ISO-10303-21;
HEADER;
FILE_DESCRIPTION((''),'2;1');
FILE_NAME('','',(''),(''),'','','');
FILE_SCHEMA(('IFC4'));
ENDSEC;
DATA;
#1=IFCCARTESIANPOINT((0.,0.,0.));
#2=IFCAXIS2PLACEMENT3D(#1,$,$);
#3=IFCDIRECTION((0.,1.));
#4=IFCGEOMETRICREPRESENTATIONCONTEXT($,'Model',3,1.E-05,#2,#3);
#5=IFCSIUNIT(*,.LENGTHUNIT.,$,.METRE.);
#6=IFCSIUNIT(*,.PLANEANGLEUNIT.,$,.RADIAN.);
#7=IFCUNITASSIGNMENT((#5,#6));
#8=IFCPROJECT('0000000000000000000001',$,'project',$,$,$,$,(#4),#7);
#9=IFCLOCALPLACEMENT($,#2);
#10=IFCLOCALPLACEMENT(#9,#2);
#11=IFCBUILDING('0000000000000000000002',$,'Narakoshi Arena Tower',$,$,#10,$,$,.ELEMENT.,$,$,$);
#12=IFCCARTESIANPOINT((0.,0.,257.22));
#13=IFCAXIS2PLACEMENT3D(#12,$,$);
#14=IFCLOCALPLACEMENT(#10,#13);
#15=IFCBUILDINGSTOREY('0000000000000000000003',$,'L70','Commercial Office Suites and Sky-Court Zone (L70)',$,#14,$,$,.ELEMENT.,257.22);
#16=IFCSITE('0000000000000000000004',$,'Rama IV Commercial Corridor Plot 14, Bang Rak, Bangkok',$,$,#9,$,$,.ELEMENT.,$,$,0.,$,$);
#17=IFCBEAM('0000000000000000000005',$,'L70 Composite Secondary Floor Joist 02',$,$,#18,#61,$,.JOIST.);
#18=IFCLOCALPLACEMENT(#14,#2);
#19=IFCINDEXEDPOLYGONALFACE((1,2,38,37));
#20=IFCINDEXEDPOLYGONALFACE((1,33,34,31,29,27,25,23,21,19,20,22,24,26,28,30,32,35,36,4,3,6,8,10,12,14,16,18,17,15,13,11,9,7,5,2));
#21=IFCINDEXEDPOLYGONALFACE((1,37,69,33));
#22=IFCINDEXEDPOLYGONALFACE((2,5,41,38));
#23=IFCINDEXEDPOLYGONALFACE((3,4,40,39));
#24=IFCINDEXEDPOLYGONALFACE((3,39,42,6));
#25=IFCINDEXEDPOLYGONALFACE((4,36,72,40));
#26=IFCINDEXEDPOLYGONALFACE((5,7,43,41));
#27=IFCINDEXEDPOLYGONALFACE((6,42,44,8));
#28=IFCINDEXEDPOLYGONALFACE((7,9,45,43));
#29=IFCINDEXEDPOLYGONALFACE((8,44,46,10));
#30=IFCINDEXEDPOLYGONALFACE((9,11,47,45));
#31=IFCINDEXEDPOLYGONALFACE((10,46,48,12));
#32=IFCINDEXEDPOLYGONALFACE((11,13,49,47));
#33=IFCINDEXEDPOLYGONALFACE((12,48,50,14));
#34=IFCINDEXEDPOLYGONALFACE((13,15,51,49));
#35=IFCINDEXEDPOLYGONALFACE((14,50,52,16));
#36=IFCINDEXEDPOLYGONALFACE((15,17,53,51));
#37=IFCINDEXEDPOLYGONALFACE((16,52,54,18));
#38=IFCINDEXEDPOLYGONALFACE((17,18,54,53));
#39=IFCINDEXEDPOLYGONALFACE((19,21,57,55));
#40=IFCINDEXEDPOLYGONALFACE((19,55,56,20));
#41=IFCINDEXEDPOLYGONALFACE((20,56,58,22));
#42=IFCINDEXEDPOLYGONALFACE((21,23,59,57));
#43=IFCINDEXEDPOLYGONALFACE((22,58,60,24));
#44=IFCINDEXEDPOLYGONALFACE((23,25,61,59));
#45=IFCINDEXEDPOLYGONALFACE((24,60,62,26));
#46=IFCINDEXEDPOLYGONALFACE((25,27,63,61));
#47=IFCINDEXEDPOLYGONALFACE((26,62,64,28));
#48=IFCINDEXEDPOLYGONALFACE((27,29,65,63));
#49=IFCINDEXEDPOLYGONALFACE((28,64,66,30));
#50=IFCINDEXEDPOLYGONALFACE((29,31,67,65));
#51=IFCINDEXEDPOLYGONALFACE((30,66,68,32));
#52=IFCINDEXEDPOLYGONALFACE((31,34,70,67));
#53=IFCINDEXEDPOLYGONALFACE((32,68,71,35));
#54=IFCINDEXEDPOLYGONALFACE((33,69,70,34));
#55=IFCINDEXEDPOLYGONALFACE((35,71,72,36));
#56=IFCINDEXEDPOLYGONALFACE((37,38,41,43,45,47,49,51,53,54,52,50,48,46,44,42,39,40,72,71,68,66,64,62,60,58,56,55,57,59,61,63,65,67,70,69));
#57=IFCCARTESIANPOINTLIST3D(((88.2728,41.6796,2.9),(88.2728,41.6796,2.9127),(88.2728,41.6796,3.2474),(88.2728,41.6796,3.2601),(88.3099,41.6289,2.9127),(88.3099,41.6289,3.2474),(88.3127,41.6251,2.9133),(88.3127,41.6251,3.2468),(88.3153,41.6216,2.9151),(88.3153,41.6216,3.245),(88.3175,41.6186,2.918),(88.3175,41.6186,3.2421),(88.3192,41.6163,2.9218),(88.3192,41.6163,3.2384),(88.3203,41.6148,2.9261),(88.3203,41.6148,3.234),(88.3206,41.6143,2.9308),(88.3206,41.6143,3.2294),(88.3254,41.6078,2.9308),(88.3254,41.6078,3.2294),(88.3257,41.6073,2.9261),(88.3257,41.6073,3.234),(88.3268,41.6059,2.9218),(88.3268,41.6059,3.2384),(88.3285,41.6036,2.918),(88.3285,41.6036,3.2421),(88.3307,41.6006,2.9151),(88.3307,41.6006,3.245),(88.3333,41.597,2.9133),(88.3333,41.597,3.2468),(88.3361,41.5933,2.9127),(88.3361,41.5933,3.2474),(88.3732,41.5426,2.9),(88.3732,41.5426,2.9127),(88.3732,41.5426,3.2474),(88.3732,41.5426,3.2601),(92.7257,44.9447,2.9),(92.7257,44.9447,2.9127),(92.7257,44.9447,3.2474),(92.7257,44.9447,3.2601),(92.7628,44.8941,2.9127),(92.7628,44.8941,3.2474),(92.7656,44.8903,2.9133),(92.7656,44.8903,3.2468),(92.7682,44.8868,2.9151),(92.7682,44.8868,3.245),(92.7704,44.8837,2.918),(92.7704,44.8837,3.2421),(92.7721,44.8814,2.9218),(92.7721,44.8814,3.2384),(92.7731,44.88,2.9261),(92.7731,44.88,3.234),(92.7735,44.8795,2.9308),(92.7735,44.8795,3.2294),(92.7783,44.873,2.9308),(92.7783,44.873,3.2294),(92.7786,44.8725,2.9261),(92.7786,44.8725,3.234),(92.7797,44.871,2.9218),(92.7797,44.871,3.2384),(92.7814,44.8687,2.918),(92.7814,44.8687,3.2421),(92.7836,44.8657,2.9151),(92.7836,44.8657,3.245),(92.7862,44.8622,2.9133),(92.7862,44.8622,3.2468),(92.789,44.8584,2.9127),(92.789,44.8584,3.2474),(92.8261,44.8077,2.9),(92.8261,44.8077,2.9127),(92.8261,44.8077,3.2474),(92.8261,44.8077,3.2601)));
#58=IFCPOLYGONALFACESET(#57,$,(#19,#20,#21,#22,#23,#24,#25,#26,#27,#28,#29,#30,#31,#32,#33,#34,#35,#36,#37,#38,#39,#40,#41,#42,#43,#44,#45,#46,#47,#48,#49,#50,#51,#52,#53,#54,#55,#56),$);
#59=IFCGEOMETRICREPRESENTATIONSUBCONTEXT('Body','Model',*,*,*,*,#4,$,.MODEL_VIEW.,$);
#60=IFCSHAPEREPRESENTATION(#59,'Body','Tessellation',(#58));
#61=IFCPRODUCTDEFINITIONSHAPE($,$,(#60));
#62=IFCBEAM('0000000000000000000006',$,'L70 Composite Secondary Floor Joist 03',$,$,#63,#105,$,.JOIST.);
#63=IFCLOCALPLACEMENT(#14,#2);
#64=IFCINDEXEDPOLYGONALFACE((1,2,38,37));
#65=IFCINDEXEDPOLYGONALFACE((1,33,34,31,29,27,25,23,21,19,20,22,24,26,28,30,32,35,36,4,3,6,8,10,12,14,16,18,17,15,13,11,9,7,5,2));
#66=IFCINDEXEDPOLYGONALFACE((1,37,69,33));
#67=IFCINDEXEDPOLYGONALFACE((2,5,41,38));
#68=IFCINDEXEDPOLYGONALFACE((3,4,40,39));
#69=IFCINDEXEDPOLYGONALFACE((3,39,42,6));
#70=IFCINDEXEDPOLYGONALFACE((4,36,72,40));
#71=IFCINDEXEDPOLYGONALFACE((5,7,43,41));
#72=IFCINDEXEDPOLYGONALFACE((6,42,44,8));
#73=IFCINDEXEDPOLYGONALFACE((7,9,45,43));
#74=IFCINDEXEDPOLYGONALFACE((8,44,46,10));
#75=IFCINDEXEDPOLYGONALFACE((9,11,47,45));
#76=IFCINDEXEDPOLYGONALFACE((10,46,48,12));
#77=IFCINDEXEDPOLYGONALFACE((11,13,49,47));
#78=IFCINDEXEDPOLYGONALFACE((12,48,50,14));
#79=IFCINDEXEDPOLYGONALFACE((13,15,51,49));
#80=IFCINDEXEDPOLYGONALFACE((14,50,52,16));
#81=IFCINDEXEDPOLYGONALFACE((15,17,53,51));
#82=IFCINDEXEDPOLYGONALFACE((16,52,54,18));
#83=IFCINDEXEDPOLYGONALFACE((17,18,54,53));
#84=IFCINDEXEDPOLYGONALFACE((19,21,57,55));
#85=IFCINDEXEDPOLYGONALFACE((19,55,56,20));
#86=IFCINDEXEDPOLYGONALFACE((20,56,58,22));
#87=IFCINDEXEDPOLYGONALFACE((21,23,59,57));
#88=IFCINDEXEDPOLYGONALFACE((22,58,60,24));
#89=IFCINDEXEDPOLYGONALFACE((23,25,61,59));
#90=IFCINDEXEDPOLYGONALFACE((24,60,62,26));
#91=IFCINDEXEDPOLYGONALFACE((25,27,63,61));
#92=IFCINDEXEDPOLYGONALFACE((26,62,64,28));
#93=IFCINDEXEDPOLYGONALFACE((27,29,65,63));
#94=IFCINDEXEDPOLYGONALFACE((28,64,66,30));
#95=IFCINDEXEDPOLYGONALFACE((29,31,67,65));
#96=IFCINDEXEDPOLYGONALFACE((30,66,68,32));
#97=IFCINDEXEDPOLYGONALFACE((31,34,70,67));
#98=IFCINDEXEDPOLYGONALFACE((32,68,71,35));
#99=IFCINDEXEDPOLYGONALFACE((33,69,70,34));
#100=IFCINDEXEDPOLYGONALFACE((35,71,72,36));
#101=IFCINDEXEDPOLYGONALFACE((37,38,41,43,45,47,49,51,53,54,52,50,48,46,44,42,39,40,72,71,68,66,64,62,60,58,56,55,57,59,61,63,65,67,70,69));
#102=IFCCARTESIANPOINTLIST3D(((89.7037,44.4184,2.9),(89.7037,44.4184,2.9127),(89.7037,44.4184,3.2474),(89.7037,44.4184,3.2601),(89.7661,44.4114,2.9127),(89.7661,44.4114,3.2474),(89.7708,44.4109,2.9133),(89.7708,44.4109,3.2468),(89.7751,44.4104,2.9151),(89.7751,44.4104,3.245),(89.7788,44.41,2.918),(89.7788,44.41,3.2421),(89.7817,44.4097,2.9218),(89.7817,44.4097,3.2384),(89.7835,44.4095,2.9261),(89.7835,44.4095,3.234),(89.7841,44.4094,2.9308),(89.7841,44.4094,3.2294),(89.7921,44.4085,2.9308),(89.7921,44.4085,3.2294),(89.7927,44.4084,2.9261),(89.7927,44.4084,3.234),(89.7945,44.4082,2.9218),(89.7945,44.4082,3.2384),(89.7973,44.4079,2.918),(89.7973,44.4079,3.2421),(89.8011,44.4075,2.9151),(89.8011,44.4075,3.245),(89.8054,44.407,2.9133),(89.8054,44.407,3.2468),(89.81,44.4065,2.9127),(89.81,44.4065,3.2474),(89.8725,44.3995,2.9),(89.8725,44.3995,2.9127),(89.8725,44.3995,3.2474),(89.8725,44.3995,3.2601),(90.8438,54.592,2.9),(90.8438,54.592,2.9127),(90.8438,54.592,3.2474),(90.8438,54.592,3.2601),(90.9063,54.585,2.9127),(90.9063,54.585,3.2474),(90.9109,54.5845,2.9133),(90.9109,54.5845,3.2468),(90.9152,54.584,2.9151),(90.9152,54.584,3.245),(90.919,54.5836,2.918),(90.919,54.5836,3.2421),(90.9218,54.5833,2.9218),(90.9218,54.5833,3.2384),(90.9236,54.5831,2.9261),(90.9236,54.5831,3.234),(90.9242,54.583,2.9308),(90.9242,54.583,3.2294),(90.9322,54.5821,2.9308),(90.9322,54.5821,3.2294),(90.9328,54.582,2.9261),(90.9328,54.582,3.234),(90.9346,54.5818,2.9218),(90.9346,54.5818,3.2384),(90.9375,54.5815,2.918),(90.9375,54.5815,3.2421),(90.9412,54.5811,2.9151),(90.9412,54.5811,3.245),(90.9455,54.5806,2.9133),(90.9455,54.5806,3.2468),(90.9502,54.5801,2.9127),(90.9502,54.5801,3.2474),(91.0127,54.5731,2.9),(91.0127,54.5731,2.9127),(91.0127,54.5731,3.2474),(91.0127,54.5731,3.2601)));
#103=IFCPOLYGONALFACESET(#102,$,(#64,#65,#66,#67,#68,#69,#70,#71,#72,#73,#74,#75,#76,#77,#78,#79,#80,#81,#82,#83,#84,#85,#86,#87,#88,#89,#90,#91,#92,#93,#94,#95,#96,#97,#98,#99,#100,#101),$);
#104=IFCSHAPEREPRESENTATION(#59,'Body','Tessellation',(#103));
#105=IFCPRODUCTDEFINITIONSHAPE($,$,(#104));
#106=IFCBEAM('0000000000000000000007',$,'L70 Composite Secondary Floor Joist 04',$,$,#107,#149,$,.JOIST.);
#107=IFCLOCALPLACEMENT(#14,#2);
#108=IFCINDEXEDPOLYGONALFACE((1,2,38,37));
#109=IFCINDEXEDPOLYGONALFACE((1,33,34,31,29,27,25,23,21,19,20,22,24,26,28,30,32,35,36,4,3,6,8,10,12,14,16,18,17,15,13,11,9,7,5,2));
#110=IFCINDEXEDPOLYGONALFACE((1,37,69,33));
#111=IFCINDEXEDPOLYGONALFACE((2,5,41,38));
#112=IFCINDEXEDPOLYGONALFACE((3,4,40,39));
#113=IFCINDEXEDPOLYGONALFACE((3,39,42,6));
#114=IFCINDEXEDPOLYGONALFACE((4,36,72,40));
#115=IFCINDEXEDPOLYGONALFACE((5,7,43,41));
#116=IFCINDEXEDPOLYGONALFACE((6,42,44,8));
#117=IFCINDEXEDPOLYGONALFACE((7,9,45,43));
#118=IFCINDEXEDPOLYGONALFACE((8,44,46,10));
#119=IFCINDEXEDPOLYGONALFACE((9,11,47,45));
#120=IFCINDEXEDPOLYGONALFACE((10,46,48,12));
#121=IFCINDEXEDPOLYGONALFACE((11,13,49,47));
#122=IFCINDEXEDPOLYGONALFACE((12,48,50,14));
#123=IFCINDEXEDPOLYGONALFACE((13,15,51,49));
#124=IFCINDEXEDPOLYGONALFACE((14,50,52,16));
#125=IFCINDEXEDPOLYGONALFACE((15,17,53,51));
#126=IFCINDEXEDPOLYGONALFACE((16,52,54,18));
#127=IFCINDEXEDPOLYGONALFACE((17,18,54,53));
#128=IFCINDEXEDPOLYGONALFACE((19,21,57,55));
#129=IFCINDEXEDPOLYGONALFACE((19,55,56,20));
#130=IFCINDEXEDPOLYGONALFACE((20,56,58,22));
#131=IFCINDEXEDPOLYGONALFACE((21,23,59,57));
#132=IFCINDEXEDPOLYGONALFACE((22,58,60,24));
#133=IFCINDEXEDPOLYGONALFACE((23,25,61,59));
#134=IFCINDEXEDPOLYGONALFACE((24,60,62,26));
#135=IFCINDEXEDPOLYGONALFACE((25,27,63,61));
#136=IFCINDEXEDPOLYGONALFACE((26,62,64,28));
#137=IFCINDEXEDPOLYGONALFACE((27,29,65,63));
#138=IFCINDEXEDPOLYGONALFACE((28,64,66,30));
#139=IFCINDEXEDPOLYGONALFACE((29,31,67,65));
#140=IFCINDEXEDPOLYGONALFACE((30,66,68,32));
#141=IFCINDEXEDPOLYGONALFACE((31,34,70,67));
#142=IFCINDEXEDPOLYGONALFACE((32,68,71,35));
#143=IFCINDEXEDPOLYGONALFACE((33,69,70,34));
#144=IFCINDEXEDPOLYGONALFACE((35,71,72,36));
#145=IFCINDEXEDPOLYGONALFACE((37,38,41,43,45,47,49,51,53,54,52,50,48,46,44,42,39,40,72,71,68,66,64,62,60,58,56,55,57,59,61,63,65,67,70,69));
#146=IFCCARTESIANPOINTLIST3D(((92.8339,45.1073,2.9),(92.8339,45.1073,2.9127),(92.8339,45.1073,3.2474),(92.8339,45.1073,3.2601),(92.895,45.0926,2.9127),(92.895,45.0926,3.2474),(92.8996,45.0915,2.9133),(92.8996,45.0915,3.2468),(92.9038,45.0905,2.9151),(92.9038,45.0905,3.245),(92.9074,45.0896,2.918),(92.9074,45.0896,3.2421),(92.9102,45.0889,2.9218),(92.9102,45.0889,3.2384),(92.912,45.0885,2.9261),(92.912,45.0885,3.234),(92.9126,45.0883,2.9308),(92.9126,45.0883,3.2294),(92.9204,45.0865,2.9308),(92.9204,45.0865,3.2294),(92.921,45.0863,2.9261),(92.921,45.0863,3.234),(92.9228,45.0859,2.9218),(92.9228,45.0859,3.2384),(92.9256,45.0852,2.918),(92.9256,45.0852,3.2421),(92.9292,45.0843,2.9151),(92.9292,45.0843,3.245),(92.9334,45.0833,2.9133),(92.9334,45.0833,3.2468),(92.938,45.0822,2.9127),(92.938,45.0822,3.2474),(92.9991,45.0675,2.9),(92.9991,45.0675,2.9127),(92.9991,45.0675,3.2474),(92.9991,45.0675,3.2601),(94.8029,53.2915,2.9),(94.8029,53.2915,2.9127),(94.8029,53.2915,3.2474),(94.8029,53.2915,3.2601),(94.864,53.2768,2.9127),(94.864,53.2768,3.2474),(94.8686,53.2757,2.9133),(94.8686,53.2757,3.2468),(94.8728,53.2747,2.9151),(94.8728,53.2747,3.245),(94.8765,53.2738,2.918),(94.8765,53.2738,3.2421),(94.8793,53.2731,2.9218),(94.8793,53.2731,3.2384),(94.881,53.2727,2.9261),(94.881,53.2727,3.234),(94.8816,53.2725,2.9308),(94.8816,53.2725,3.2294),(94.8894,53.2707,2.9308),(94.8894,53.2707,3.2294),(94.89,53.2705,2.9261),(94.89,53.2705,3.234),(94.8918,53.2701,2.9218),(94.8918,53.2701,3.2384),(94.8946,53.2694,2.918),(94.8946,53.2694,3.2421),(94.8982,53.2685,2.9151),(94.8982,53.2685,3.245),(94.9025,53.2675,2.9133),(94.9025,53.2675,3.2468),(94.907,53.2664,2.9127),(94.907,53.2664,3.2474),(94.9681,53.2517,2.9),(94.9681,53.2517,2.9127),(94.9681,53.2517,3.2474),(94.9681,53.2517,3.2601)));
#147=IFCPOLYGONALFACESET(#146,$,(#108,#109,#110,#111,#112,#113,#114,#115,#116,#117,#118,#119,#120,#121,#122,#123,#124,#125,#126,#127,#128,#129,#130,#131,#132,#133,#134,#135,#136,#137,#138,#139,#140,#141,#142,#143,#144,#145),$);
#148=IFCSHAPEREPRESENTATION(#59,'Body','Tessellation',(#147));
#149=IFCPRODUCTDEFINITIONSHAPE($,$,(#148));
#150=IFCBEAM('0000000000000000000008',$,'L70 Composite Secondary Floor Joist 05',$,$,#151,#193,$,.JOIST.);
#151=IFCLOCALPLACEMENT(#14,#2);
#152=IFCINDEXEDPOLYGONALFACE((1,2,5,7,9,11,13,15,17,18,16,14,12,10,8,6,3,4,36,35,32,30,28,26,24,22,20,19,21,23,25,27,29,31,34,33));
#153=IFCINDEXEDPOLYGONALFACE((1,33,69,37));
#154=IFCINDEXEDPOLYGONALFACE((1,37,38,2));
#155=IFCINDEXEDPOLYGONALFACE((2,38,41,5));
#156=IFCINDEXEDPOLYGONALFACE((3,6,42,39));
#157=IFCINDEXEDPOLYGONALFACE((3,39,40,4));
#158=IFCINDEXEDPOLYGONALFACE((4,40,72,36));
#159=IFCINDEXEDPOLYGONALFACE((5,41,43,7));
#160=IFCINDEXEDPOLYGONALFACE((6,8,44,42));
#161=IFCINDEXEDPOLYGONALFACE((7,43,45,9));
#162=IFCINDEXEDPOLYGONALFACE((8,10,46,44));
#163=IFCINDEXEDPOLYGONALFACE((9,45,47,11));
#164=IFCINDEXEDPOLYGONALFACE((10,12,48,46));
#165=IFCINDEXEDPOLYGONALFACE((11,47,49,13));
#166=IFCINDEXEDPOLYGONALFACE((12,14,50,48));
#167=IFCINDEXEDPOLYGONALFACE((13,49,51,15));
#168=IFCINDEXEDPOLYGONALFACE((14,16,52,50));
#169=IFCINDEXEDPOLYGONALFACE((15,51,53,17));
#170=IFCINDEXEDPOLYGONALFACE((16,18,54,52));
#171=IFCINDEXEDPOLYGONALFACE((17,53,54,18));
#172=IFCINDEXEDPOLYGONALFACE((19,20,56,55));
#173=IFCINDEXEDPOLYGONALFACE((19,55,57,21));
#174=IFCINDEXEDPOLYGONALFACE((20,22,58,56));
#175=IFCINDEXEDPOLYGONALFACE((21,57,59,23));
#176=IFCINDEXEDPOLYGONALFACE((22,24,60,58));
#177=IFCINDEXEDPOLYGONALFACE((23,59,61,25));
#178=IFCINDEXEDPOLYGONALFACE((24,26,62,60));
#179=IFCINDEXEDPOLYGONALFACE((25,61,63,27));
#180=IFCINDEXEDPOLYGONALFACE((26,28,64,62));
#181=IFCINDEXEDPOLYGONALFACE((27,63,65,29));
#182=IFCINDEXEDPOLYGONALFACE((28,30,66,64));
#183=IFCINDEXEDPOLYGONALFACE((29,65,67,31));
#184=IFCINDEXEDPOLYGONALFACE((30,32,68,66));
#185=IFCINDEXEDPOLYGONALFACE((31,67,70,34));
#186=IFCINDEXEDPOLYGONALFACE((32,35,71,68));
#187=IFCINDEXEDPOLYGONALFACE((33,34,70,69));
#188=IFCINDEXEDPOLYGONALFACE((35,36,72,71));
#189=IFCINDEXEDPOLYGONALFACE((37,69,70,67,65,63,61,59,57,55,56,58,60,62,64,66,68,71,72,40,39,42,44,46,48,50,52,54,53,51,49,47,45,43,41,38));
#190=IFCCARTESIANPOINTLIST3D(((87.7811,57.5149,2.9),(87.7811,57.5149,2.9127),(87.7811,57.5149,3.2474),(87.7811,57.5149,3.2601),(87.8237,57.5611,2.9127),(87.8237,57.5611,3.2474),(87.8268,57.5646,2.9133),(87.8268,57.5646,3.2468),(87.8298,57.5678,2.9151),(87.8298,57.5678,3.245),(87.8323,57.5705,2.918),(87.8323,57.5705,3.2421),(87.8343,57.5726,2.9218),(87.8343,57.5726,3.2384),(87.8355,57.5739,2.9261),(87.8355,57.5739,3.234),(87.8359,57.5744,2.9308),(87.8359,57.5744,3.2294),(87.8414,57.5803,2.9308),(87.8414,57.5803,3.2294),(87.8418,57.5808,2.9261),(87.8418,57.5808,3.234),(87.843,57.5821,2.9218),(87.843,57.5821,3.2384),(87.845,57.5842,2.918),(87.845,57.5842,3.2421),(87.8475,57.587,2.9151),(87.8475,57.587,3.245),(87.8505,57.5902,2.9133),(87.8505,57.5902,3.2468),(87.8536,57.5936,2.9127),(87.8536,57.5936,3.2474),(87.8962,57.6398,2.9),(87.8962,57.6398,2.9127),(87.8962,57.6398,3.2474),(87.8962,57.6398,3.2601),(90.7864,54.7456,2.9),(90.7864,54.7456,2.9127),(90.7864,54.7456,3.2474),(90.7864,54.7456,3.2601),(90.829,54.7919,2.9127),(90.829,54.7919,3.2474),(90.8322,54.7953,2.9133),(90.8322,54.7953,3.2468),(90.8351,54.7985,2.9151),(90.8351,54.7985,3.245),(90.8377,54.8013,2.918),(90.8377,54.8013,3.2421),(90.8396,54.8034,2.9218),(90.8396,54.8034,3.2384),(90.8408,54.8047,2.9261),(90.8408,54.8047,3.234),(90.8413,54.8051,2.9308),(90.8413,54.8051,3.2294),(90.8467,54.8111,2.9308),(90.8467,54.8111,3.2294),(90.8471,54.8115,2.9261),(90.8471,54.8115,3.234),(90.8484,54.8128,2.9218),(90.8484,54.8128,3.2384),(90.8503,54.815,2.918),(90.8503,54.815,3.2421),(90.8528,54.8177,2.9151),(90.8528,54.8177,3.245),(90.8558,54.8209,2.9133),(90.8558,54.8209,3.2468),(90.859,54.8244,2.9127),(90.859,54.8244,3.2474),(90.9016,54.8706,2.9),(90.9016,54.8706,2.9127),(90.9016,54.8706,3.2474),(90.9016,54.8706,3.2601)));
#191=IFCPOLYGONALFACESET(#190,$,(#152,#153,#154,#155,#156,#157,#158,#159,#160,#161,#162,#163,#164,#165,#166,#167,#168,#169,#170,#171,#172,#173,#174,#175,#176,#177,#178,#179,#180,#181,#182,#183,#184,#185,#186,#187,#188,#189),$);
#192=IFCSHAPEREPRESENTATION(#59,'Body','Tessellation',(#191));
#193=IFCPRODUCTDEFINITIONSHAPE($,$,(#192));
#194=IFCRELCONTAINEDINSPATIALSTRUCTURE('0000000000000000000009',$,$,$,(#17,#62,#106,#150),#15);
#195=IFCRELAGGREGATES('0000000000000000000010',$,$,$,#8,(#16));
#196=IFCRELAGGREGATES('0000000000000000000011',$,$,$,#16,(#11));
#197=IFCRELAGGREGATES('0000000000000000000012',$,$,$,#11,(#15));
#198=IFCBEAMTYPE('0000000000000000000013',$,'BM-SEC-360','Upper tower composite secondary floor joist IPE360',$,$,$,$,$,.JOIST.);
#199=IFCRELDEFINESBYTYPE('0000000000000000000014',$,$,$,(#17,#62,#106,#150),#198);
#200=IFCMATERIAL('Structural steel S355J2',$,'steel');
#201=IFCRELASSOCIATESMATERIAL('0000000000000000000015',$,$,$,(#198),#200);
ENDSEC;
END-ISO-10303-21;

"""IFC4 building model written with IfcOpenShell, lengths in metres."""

from ifc_helpers import new_model, si_unit, direction, frame, origin, origin_2d, place, context, subcontext, project, spatial, i_section, extrude, material, material_profile, profile_set, type_object, element, save


model = new_model("IFC4")

# Units and contexts
model_context = context("Model", 3, precision=1e-05, world=origin(), true_north=direction((0.0, 1.0)))
body_context = subcontext(model_context, "Body", "Model", "MODEL_VIEW")
ifc_project = project(units=[si_unit("LENGTHUNIT", "METRE"), si_unit("PLANEANGLEUNIT", "RADIAN")], contexts=[model_context])

# Site, building, storey
site_placement = place(None, origin())
site = spatial("IfcSite", under=ifc_project, at=site_placement, Name="Rama IV Commercial Corridor Plot 14, Bang Rak, Bangkok", CompositionType="ELEMENT", RefElevation=0.0)
building_placement = place(site_placement, origin())
building = spatial("IfcBuilding", under=site, at=building_placement, Name="Narakoshi Arena Tower", CompositionType="ELEMENT")
storey_placement = place(building_placement, frame((0.0, 0.0, 257.22)))
storey = spatial("IfcBuildingStorey", under=building, at=storey_placement, Name="L70", Description="Commercial Office Suites and Sky-Court Zone (L70)", CompositionType="ELEMENT", Elevation=257.22)

# Beams
ifc_material_1 = material(Name="Structural steel S355J2", Category="steel")
ifc_material_profile_1 = material_profile(ifc_material_1, i_section(OverallWidth=0.1699, OverallDepth=0.3601, WebThickness=0.0081, FlangeThickness=0.0127, FilletRadius=0.0181, at=origin_2d()), Name="IPE360")
ifc_profile_set_1 = profile_set([ifc_material_profile_1], Name="Structural steel S355J2")
beam_type_1 = type_object("IfcBeamType", Name="BM-SEC-360", Description="Upper tower composite secondary floor joist IPE360", PredefinedType="JOIST", material=ifc_profile_set_1)
beam_1_placement = place(storey_placement, frame((88.323, 41.6111, 3.0801), z_axis=(0.806432, 0.591327, 0.0), x_axis=(-0.591327, 0.806432, 0.0)))
element("IfcBeam", 1, at=beam_1_placement, inside=storey, type_object=beam_type_1, Name="L70 Composite Secondary Floor Joist 02", PredefinedType="JOIST", context=body_context, shape_type="SweptSolid", body=[
    extrude(i_section(OverallWidth=0.1699, OverallDepth=0.3601, WebThickness=0.0081, FlangeThickness=0.0127, FilletRadius=0.0181, at=origin_2d()), origin(), (0.0, 0.0, 1.0), 5.5217),
])
beam_2_placement = place(storey_placement, frame((89.7881, 44.4089, 3.0801), z_axis=(0.111371, 0.993779, 0.0), x_axis=(-0.993779, 0.111371, 0.0)))
element("IfcBeam", 2, at=beam_2_placement, inside=storey, type_object=beam_type_1, Name="L70 Composite Secondary Floor Joist 03", PredefinedType="JOIST", context=body_context, shape_type="SweptSolid", body=[
    extrude(i_section(OverallWidth=0.1699, OverallDepth=0.3601, WebThickness=0.0081, FlangeThickness=0.0127, FilletRadius=0.0181, at=origin_2d()), origin(), (0.0, 0.0, 1.0), 10.2373),
])
beam_3_placement = place(storey_placement, frame((92.9165, 45.0874, 3.0801), z_axis=(0.233914, 0.972257, 0.0), x_axis=(-0.972257, 0.233914, 0.0)))
element("IfcBeam", 3, at=beam_3_placement, inside=storey, type_object=beam_type_1, Name="L70 Composite Secondary Floor Joist 04", PredefinedType="JOIST", context=body_context, shape_type="SweptSolid", body=[
    extrude(i_section(OverallWidth=0.1699, OverallDepth=0.3601, WebThickness=0.0081, FlangeThickness=0.0127, FilletRadius=0.0181, at=origin_2d()), origin(), (0.0, 0.0, 1.0), 8.4177),
])
beam_4_placement = place(storey_placement, frame((90.844, 54.8081, 3.0801), z_axis=(-0.735401, 0.677632, 0.0), x_axis=(-0.677632, -0.735401, 0.0)))
element("IfcBeam", 4, at=beam_4_placement, inside=storey, type_object=beam_type_1, Name="L70 Composite Secondary Floor Joist 05", PredefinedType="JOIST", context=body_context, shape_type="SweptSolid", body=[
    extrude(i_section(OverallWidth=0.1699, OverallDepth=0.3601, WebThickness=0.0081, FlangeThickness=0.0127, FilletRadius=0.0181, at=origin_2d()), origin(), (0.0, 0.0, 1.0), 4.0867),
])

save(model, "model.ifc")
